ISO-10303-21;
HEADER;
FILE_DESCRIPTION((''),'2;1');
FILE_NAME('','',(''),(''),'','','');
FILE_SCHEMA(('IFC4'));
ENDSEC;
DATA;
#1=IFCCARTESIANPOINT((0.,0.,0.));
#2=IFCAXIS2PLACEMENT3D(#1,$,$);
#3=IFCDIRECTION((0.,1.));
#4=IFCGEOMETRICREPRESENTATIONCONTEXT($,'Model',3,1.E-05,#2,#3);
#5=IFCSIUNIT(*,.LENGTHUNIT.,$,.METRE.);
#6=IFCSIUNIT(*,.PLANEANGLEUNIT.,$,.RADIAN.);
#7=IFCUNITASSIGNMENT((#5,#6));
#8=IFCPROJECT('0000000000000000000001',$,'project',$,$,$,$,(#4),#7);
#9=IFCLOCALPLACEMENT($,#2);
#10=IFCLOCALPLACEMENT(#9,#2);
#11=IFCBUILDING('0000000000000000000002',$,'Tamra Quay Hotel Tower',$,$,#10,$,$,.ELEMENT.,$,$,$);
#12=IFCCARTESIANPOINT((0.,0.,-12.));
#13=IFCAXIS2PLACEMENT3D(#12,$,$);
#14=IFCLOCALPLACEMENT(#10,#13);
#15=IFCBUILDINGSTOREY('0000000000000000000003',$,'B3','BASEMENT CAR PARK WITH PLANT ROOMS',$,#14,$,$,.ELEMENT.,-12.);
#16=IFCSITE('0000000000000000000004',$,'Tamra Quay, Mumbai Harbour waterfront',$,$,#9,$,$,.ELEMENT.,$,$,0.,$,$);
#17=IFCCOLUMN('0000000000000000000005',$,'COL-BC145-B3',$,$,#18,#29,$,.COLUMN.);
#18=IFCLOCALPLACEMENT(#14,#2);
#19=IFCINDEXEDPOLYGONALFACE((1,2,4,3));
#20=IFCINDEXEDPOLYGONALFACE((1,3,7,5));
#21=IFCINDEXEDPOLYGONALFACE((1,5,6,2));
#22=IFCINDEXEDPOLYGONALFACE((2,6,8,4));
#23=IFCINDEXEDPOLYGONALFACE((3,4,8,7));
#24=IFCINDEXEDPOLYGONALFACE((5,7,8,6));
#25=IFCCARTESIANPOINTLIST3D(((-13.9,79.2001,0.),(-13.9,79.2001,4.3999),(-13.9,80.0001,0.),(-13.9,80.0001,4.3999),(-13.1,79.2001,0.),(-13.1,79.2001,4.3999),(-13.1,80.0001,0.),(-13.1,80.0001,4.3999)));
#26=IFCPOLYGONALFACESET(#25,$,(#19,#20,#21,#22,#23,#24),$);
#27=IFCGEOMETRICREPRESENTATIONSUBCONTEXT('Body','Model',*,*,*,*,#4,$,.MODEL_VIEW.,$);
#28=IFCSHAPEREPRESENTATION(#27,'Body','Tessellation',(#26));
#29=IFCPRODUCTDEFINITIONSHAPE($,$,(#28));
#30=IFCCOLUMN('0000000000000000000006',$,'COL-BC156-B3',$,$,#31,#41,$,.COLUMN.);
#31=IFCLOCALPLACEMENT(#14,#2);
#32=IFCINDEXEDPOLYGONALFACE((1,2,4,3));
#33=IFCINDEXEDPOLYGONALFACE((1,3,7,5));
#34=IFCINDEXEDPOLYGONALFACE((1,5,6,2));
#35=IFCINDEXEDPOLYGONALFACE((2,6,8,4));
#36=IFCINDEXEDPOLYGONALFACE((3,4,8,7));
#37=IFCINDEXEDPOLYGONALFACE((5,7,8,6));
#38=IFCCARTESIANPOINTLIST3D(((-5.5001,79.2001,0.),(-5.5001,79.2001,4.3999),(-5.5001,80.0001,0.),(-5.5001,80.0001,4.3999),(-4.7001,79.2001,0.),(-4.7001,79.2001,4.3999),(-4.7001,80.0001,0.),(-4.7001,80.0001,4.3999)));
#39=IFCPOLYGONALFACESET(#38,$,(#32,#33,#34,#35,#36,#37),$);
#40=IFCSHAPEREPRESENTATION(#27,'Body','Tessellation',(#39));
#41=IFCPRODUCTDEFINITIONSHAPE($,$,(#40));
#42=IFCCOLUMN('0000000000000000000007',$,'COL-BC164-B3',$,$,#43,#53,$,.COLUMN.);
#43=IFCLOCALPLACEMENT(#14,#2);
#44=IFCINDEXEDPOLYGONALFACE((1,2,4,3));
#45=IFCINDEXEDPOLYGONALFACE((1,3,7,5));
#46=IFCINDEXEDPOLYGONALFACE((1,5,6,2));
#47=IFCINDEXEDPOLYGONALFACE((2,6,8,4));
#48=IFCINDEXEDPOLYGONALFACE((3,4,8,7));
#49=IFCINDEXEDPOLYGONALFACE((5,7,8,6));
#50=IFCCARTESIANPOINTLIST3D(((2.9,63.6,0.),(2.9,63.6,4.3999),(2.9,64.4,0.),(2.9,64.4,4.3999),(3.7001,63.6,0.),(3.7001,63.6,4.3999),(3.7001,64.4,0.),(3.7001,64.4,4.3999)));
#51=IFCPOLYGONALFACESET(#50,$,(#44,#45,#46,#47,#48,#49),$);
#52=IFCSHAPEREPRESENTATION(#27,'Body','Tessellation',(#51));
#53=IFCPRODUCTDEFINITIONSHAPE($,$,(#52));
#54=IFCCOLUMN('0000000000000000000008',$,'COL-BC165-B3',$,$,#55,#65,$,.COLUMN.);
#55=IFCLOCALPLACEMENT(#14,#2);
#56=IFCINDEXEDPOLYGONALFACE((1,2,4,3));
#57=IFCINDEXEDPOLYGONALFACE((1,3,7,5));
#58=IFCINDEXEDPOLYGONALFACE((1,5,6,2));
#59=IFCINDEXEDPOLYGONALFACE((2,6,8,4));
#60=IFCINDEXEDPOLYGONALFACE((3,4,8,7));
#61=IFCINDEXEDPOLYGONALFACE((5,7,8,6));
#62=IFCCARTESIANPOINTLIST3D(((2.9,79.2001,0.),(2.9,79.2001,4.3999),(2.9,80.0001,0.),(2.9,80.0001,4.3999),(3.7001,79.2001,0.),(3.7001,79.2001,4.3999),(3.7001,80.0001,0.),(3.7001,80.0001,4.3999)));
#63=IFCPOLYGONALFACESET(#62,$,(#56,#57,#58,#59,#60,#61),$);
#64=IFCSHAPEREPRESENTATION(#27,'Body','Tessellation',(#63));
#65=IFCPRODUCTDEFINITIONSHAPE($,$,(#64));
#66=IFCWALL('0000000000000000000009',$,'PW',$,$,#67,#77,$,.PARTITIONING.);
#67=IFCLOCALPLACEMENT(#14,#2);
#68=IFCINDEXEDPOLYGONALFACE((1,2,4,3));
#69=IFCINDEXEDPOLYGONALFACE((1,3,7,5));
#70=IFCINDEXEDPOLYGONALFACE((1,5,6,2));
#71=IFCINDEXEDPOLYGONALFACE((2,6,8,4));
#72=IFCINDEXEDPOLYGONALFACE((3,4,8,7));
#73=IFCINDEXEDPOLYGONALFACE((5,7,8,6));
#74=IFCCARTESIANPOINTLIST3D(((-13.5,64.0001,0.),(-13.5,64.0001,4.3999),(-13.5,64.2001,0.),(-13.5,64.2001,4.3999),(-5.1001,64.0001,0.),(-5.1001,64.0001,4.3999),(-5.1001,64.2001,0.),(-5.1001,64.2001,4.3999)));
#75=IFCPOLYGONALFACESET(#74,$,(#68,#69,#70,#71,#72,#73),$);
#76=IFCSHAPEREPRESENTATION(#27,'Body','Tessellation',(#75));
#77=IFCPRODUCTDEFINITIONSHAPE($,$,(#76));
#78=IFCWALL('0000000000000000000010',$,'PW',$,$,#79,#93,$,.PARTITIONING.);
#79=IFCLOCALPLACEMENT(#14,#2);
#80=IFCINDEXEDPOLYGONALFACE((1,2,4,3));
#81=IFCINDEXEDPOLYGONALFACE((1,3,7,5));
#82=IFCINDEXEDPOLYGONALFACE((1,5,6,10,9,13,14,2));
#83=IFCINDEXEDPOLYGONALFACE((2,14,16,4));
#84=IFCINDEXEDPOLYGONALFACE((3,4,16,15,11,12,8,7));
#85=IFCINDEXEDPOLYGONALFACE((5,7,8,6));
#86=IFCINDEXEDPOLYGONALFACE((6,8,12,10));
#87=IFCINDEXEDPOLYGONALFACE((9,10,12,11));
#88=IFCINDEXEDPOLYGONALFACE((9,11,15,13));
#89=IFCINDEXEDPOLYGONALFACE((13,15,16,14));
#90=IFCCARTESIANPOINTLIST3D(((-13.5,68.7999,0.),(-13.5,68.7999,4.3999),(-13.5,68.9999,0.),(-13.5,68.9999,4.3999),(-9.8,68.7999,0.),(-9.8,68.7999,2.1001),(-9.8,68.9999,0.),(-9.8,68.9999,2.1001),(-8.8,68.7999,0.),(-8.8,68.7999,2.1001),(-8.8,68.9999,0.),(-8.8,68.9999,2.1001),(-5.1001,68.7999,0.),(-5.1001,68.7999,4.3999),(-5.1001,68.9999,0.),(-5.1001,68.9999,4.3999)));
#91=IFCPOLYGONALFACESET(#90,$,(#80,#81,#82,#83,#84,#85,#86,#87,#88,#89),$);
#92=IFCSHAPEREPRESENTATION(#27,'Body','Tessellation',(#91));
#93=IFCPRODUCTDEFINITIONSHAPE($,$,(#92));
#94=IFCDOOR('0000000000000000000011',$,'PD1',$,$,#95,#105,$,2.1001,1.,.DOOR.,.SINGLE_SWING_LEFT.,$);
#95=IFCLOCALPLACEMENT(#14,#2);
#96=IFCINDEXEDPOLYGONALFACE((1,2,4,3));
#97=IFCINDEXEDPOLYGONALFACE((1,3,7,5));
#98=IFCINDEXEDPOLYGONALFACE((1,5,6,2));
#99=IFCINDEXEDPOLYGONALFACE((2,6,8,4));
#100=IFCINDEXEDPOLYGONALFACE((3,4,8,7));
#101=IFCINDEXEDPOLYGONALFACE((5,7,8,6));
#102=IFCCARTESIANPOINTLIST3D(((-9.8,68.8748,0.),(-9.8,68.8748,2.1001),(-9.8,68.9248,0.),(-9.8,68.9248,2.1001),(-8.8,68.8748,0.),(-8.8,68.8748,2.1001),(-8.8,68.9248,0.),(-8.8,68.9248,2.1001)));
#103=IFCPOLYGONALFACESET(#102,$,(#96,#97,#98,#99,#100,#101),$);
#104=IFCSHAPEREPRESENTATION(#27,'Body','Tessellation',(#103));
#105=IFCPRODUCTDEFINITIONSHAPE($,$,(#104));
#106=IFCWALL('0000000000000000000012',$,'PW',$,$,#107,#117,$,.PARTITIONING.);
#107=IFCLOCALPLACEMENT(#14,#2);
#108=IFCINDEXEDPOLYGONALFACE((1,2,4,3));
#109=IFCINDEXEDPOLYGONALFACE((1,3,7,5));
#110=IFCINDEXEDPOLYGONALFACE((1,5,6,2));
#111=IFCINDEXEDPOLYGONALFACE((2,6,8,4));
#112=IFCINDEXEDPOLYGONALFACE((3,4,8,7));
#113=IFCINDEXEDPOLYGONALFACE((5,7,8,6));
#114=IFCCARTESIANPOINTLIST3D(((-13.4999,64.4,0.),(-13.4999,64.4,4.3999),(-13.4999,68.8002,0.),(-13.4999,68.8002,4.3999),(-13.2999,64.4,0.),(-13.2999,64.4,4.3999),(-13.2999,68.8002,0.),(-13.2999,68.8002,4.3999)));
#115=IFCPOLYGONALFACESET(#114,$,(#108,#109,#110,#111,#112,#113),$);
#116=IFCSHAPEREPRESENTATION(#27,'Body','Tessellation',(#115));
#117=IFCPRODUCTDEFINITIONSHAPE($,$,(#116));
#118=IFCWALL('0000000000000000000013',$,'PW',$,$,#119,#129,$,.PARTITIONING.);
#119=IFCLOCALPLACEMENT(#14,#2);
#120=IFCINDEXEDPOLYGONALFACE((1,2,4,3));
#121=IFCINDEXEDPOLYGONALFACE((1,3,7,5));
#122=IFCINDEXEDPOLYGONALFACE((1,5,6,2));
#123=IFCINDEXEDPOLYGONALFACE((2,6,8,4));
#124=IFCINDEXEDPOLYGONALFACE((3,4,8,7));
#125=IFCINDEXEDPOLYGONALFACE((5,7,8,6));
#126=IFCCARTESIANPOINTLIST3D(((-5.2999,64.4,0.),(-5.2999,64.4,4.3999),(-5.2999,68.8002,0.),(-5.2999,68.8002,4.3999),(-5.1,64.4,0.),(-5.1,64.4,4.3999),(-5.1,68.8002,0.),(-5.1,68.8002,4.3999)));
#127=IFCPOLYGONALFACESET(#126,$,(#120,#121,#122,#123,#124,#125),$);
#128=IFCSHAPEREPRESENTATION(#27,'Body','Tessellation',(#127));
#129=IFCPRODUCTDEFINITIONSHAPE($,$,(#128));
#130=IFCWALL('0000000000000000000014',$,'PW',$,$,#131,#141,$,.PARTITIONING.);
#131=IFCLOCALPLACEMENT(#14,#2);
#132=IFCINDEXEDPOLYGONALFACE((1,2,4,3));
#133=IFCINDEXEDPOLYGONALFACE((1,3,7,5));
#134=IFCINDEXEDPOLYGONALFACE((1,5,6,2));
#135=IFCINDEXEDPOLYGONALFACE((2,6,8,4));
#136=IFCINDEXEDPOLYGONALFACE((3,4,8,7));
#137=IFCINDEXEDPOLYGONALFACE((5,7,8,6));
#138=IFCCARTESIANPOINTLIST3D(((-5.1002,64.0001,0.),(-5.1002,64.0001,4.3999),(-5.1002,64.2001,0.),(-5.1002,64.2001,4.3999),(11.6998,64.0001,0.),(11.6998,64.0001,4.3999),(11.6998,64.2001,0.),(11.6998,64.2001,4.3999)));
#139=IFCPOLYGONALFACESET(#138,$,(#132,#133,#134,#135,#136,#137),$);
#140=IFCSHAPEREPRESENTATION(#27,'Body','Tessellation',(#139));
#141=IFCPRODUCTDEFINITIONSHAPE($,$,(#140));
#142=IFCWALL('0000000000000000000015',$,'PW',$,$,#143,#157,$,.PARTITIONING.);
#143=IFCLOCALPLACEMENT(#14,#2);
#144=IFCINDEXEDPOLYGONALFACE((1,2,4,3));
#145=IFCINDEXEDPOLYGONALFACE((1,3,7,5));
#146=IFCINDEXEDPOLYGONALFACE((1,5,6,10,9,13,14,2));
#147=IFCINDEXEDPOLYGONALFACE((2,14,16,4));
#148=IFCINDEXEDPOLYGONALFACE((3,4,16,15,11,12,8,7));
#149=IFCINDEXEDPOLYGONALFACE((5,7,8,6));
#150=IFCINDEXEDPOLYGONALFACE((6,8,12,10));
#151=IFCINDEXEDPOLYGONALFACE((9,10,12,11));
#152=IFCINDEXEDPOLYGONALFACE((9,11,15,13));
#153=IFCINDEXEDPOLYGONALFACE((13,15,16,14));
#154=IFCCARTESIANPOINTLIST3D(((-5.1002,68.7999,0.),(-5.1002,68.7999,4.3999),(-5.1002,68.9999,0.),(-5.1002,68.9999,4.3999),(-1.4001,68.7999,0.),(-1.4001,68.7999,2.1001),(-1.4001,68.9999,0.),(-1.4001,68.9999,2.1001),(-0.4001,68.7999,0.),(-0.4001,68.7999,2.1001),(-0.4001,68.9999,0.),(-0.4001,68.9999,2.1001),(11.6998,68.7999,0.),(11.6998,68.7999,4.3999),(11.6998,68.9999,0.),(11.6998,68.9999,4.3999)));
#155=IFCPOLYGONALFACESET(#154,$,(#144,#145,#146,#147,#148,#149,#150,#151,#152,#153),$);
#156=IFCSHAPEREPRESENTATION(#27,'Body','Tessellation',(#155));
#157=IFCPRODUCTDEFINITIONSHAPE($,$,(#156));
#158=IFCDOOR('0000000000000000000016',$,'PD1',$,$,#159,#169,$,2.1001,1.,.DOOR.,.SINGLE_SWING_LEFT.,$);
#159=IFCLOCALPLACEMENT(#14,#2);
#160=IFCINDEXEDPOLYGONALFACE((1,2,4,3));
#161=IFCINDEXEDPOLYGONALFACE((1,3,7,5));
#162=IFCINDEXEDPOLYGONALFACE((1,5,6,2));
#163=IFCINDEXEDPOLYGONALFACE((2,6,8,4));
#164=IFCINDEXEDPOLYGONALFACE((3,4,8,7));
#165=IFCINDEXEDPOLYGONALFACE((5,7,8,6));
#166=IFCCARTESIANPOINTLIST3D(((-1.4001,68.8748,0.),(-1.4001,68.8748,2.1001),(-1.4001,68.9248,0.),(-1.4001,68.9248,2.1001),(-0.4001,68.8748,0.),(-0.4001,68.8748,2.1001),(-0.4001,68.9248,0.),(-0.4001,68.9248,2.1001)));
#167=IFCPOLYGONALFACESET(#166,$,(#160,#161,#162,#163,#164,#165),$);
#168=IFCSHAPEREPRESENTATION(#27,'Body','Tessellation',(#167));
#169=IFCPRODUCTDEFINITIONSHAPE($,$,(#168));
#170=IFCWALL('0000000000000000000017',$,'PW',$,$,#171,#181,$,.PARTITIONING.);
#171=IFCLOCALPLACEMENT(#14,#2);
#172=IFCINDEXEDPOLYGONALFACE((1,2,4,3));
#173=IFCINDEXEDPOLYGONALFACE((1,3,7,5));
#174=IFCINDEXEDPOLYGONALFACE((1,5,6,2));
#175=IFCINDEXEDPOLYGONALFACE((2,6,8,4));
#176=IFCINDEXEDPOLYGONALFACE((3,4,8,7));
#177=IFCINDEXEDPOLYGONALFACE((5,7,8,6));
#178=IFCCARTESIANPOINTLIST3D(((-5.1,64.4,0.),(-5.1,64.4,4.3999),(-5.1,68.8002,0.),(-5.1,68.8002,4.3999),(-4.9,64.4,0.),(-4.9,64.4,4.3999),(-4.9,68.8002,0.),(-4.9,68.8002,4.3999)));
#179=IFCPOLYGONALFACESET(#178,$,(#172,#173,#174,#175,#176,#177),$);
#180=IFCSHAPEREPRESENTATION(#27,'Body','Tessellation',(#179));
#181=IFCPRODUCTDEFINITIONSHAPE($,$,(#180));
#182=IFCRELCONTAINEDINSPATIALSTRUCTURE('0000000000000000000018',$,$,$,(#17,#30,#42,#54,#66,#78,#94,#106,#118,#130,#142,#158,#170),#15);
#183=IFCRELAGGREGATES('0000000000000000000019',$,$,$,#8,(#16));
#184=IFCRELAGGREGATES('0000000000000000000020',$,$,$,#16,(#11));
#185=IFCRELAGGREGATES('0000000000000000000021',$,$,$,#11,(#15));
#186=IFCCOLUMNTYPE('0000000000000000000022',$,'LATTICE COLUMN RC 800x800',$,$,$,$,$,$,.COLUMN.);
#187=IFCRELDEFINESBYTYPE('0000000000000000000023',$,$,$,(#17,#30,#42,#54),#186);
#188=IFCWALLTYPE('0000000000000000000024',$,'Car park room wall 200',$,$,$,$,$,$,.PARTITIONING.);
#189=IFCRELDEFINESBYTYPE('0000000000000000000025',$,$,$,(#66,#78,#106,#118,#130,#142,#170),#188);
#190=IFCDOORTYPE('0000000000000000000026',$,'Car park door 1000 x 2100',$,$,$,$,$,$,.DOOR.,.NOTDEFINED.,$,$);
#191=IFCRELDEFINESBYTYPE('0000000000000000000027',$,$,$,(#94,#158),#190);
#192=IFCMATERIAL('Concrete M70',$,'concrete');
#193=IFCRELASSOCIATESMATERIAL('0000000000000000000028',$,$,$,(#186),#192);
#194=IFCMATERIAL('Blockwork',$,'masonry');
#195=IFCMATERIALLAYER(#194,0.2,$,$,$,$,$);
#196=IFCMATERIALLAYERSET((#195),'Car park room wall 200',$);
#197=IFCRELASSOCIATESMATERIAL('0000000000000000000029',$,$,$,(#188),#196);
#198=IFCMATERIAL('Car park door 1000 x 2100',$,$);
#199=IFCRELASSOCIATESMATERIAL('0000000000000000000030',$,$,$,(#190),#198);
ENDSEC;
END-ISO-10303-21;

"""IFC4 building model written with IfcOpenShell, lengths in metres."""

from ifc_helpers import new_model, si_unit, direction, frame, frame_2d, origin, origin_2d, place, context, subcontext, project, spatial, rectangle, extrude, material, layer, layer_set, material_profile, profile_set, type_object, element, fill, save


model = new_model("IFC4")

# Units and contexts
model_context = context("Model", 3, precision=1e-05, world=origin(), true_north=direction((0.0, 1.0)))
body_context = subcontext(model_context, "Body", "Model", "MODEL_VIEW")
ifc_project = project(units=[si_unit("LENGTHUNIT", "METRE"), si_unit("PLANEANGLEUNIT", "RADIAN")], contexts=[model_context])

# Site, building, storey
site_placement = place(None, origin())
site = spatial("IfcSite", under=ifc_project, at=site_placement, Name="Tamra Quay, Mumbai Harbour waterfront", CompositionType="ELEMENT", RefElevation=0.0)
building_placement = place(site_placement, origin())
building = spatial("IfcBuilding", under=site, at=building_placement, Name="Tamra Quay Hotel Tower", CompositionType="ELEMENT")
storey_placement = place(building_placement, frame((0.0, 0.0, -12.0)))
storey = spatial("IfcBuildingStorey", under=building, at=storey_placement, Name="B3", Description="BASEMENT CAR PARK WITH PLANT ROOMS", CompositionType="ELEMENT", Elevation=-12.0)

# Columns
ifc_material_1 = material(Name="Concrete M70", Category="concrete")
ifc_material_profile_1 = material_profile(ifc_material_1, rectangle(XDim=0.8, YDim=0.8, at=origin_2d()), Name="LATTICE COLUMN RC 800x800")
ifc_profile_set_1 = profile_set([ifc_material_profile_1], Name="Concrete M70")
column_type = type_object("IfcColumnType", Name="LATTICE COLUMN RC 800x800", PredefinedType="COLUMN", material=ifc_profile_set_1)
for number, where, z_axis, x_axis, name in (
    (1, (-13.5, 79.6001, 0.0), (0.0, 0.0, 1.0), (1.0, 0.0, 0.0), "COL-BC145-B3"),
    (2, (-5.1001, 79.6001, 0.0), (0.0, 0.0, 1.0), (1.0, 0.0, 0.0), "COL-BC156-B3"),
    (3, (3.3, 64.0, 0.0), (0.0, 0.0, 1.0), (1.0, 0.0, 0.0), "COL-BC164-B3"),
    (4, (3.3, 79.6001, 0.0), (0.0, 0.0, 1.0), (1.0, 0.0, 0.0), "COL-BC165-B3"),
):
    element("IfcColumn", number, at=place(storey_placement, frame(where, z_axis=z_axis, x_axis=x_axis)), inside=storey, type_object=column_type, Name=name, PredefinedType="COLUMN", context=body_context, shape_type="SweptSolid", body=[
        extrude(rectangle(XDim=0.8, YDim=0.8, at=origin_2d()), origin(), (0.0, 0.0, 1.0), 4.3999),
    ])

# Wall
ifc_material_2 = material(Name="Blockwork", Category="masonry")
ifc_layer = layer(ifc_material_2, 0.2)
ifc_layer_set = layer_set([ifc_layer], Name="Car park room wall 200")
wall_type = type_object("IfcWallType", Name="Car park room wall 200", PredefinedType="PARTITIONING", material=ifc_layer_set)
wall_1_placement = place(storey_placement, frame((-13.5, 64.1001, 0.0), z_axis=(0.0, 0.0, 1.0), x_axis=(1.0, 0.0, 0.0)))
element("IfcWall", 5, at=wall_1_placement, inside=storey, type_object=wall_type, Name="PW", PredefinedType="PARTITIONING", context=body_context, shape_type="SweptSolid", body=[
    extrude(rectangle(XDim=8.3999, YDim=0.2, at=frame_2d((4.2, 0.0))), origin(), (0.0, 0.0, 1.0), 4.3999),
])

# Wall, opening, door
wall_2_placement = place(storey_placement, frame((-13.5, 68.8999, 0.0), z_axis=(0.0, 0.0, 1.0), x_axis=(1.0, 0.0, 0.0)))
wall_2 = element("IfcWall", 6, at=wall_2_placement, inside=storey, type_object=wall_type, Name="PW", PredefinedType="PARTITIONING", context=body_context, shape_type="SweptSolid", body=[
    extrude(rectangle(XDim=8.3999, YDim=0.2, at=frame_2d((4.2, 0.0))), origin(), (0.0, 0.0, 1.0), 4.3999),
])
opening_1_placement = place(wall_2_placement, frame((3.7, 0.0, 0.0)))
opening_1 = element("IfcOpeningElement", 7, at=opening_1_placement, cuts=wall_2, PredefinedType="OPENING", context=body_context, shape_type="SweptSolid", body=[
    extrude(rectangle(XDim=1.0, YDim=2.1001, at=frame_2d((0.5, 1.05))), frame((0.0, 0.1099, 0.0), z_axis=(0.0, -1.0, 0.0), x_axis=(1.0, 0.0, 0.0)), (0.0, 0.0, 1.0), 0.22),
])
ifc_material_3 = material(Name="Car park door 1000 x 2100")
door_type = type_object("IfcDoorType", Name="Car park door 1000 x 2100", OperationType="NOTDEFINED", PredefinedType="DOOR", material=ifc_material_3)
door_1_placement = place(opening_1_placement, origin())
door_1 = element("IfcDoor", 8, at=door_1_placement, inside=storey, type_object=door_type, Name="PD1", OperationType="SINGLE_SWING_LEFT", OverallHeight=2.1001, OverallWidth=1.0, PredefinedType="DOOR", context=body_context, shape_type="SweptSolid", body=[
    extrude(rectangle(XDim=1.0, YDim=2.1001, at=frame_2d((0.5, 1.05))), frame((0.0, 0.0249, 0.0), z_axis=(0.0, -1.0, 0.0), x_axis=(1.0, 0.0, 0.0)), (0.0, 0.0, 1.0), 0.05),
])
fill(opening_1, door_1)

# Walls
for number, where, z_axis, x_axis, name in (
    (9, (-13.3999, 64.3999, 0.0), (0.0, 0.0, 1.0), (0.0, 1.0, 0.0), "PW"),
    (10, (-5.2, 64.3999, 0.0), (0.0, 0.0, 1.0), (0.0, 1.0, 0.0), "PW"),
):
    element("IfcWall", number, at=place(storey_placement, frame(where, z_axis=z_axis, x_axis=x_axis)), inside=storey, type_object=wall_type, Name=name, PredefinedType="PARTITIONING", context=body_context, shape_type="SweptSolid", body=[
        extrude(rectangle(XDim=4.4001, YDim=0.2, at=frame_2d((2.2002, 0.0))), origin(), (0.0, 0.0, 1.0), 4.3999),
    ])
wall_3_placement = place(storey_placement, frame((-5.1001, 64.1001, 0.0), z_axis=(0.0, 0.0, 1.0), x_axis=(1.0, 0.0, 0.0)))
element("IfcWall", 11, at=wall_3_placement, inside=storey, type_object=wall_type, Name="PW", PredefinedType="PARTITIONING", context=body_context, shape_type="SweptSolid", body=[
    extrude(rectangle(XDim=16.8, YDim=0.2, at=frame_2d((8.3999, 0.0))), origin(), (0.0, 0.0, 1.0), 4.3999),
])

# Wall, opening, door
wall_4_placement = place(storey_placement, frame((-5.1001, 68.8999, 0.0), z_axis=(0.0, 0.0, 1.0), x_axis=(1.0, 0.0, 0.0)))
wall_4 = element("IfcWall", 12, at=wall_4_placement, inside=storey, type_object=wall_type, Name="PW", PredefinedType="PARTITIONING", context=body_context, shape_type="SweptSolid", body=[
    extrude(rectangle(XDim=16.8, YDim=0.2, at=frame_2d((8.3999, 0.0))), origin(), (0.0, 0.0, 1.0), 4.3999),
])
opening_2_placement = place(wall_4_placement, frame((3.7, 0.0, 0.0)))
opening_2 = element("IfcOpeningElement", 13, at=opening_2_placement, cuts=wall_4, PredefinedType="OPENING", context=body_context, shape_type="SweptSolid", body=[
    extrude(rectangle(XDim=1.0, YDim=2.1001, at=frame_2d((0.5, 1.05))), frame((0.0, 0.1099, 0.0), z_axis=(0.0, -1.0, 0.0), x_axis=(1.0, 0.0, 0.0)), (0.0, 0.0, 1.0), 0.22),
])
door_2_placement = place(opening_2_placement, origin())
door_2 = element("IfcDoor", 14, at=door_2_placement, inside=storey, type_object=door_type, Name="PD1", OperationType="SINGLE_SWING_LEFT", OverallHeight=2.1001, OverallWidth=1.0, PredefinedType="DOOR", context=body_context, shape_type="SweptSolid", body=[
    extrude(rectangle(XDim=1.0, YDim=2.1001, at=frame_2d((0.5, 1.05))), frame((0.0, 0.0249, 0.0), z_axis=(0.0, -1.0, 0.0), x_axis=(1.0, 0.0, 0.0)), (0.0, 0.0, 1.0), 0.05),
])
fill(opening_2, door_2)

# Wall
wall_5_placement = place(storey_placement, frame((-5.0, 64.3999, 0.0), z_axis=(0.0, 0.0, 1.0), x_axis=(0.0, 1.0, 0.0)))
element("IfcWall", 15, at=wall_5_placement, inside=storey, type_object=wall_type, Name="PW", PredefinedType="PARTITIONING", context=body_context, shape_type="SweptSolid", body=[
    extrude(rectangle(XDim=4.4001, YDim=0.2, at=frame_2d((2.2002, 0.0))), origin(), (0.0, 0.0, 1.0), 4.3999),
])

save(model, "model.ifc")
